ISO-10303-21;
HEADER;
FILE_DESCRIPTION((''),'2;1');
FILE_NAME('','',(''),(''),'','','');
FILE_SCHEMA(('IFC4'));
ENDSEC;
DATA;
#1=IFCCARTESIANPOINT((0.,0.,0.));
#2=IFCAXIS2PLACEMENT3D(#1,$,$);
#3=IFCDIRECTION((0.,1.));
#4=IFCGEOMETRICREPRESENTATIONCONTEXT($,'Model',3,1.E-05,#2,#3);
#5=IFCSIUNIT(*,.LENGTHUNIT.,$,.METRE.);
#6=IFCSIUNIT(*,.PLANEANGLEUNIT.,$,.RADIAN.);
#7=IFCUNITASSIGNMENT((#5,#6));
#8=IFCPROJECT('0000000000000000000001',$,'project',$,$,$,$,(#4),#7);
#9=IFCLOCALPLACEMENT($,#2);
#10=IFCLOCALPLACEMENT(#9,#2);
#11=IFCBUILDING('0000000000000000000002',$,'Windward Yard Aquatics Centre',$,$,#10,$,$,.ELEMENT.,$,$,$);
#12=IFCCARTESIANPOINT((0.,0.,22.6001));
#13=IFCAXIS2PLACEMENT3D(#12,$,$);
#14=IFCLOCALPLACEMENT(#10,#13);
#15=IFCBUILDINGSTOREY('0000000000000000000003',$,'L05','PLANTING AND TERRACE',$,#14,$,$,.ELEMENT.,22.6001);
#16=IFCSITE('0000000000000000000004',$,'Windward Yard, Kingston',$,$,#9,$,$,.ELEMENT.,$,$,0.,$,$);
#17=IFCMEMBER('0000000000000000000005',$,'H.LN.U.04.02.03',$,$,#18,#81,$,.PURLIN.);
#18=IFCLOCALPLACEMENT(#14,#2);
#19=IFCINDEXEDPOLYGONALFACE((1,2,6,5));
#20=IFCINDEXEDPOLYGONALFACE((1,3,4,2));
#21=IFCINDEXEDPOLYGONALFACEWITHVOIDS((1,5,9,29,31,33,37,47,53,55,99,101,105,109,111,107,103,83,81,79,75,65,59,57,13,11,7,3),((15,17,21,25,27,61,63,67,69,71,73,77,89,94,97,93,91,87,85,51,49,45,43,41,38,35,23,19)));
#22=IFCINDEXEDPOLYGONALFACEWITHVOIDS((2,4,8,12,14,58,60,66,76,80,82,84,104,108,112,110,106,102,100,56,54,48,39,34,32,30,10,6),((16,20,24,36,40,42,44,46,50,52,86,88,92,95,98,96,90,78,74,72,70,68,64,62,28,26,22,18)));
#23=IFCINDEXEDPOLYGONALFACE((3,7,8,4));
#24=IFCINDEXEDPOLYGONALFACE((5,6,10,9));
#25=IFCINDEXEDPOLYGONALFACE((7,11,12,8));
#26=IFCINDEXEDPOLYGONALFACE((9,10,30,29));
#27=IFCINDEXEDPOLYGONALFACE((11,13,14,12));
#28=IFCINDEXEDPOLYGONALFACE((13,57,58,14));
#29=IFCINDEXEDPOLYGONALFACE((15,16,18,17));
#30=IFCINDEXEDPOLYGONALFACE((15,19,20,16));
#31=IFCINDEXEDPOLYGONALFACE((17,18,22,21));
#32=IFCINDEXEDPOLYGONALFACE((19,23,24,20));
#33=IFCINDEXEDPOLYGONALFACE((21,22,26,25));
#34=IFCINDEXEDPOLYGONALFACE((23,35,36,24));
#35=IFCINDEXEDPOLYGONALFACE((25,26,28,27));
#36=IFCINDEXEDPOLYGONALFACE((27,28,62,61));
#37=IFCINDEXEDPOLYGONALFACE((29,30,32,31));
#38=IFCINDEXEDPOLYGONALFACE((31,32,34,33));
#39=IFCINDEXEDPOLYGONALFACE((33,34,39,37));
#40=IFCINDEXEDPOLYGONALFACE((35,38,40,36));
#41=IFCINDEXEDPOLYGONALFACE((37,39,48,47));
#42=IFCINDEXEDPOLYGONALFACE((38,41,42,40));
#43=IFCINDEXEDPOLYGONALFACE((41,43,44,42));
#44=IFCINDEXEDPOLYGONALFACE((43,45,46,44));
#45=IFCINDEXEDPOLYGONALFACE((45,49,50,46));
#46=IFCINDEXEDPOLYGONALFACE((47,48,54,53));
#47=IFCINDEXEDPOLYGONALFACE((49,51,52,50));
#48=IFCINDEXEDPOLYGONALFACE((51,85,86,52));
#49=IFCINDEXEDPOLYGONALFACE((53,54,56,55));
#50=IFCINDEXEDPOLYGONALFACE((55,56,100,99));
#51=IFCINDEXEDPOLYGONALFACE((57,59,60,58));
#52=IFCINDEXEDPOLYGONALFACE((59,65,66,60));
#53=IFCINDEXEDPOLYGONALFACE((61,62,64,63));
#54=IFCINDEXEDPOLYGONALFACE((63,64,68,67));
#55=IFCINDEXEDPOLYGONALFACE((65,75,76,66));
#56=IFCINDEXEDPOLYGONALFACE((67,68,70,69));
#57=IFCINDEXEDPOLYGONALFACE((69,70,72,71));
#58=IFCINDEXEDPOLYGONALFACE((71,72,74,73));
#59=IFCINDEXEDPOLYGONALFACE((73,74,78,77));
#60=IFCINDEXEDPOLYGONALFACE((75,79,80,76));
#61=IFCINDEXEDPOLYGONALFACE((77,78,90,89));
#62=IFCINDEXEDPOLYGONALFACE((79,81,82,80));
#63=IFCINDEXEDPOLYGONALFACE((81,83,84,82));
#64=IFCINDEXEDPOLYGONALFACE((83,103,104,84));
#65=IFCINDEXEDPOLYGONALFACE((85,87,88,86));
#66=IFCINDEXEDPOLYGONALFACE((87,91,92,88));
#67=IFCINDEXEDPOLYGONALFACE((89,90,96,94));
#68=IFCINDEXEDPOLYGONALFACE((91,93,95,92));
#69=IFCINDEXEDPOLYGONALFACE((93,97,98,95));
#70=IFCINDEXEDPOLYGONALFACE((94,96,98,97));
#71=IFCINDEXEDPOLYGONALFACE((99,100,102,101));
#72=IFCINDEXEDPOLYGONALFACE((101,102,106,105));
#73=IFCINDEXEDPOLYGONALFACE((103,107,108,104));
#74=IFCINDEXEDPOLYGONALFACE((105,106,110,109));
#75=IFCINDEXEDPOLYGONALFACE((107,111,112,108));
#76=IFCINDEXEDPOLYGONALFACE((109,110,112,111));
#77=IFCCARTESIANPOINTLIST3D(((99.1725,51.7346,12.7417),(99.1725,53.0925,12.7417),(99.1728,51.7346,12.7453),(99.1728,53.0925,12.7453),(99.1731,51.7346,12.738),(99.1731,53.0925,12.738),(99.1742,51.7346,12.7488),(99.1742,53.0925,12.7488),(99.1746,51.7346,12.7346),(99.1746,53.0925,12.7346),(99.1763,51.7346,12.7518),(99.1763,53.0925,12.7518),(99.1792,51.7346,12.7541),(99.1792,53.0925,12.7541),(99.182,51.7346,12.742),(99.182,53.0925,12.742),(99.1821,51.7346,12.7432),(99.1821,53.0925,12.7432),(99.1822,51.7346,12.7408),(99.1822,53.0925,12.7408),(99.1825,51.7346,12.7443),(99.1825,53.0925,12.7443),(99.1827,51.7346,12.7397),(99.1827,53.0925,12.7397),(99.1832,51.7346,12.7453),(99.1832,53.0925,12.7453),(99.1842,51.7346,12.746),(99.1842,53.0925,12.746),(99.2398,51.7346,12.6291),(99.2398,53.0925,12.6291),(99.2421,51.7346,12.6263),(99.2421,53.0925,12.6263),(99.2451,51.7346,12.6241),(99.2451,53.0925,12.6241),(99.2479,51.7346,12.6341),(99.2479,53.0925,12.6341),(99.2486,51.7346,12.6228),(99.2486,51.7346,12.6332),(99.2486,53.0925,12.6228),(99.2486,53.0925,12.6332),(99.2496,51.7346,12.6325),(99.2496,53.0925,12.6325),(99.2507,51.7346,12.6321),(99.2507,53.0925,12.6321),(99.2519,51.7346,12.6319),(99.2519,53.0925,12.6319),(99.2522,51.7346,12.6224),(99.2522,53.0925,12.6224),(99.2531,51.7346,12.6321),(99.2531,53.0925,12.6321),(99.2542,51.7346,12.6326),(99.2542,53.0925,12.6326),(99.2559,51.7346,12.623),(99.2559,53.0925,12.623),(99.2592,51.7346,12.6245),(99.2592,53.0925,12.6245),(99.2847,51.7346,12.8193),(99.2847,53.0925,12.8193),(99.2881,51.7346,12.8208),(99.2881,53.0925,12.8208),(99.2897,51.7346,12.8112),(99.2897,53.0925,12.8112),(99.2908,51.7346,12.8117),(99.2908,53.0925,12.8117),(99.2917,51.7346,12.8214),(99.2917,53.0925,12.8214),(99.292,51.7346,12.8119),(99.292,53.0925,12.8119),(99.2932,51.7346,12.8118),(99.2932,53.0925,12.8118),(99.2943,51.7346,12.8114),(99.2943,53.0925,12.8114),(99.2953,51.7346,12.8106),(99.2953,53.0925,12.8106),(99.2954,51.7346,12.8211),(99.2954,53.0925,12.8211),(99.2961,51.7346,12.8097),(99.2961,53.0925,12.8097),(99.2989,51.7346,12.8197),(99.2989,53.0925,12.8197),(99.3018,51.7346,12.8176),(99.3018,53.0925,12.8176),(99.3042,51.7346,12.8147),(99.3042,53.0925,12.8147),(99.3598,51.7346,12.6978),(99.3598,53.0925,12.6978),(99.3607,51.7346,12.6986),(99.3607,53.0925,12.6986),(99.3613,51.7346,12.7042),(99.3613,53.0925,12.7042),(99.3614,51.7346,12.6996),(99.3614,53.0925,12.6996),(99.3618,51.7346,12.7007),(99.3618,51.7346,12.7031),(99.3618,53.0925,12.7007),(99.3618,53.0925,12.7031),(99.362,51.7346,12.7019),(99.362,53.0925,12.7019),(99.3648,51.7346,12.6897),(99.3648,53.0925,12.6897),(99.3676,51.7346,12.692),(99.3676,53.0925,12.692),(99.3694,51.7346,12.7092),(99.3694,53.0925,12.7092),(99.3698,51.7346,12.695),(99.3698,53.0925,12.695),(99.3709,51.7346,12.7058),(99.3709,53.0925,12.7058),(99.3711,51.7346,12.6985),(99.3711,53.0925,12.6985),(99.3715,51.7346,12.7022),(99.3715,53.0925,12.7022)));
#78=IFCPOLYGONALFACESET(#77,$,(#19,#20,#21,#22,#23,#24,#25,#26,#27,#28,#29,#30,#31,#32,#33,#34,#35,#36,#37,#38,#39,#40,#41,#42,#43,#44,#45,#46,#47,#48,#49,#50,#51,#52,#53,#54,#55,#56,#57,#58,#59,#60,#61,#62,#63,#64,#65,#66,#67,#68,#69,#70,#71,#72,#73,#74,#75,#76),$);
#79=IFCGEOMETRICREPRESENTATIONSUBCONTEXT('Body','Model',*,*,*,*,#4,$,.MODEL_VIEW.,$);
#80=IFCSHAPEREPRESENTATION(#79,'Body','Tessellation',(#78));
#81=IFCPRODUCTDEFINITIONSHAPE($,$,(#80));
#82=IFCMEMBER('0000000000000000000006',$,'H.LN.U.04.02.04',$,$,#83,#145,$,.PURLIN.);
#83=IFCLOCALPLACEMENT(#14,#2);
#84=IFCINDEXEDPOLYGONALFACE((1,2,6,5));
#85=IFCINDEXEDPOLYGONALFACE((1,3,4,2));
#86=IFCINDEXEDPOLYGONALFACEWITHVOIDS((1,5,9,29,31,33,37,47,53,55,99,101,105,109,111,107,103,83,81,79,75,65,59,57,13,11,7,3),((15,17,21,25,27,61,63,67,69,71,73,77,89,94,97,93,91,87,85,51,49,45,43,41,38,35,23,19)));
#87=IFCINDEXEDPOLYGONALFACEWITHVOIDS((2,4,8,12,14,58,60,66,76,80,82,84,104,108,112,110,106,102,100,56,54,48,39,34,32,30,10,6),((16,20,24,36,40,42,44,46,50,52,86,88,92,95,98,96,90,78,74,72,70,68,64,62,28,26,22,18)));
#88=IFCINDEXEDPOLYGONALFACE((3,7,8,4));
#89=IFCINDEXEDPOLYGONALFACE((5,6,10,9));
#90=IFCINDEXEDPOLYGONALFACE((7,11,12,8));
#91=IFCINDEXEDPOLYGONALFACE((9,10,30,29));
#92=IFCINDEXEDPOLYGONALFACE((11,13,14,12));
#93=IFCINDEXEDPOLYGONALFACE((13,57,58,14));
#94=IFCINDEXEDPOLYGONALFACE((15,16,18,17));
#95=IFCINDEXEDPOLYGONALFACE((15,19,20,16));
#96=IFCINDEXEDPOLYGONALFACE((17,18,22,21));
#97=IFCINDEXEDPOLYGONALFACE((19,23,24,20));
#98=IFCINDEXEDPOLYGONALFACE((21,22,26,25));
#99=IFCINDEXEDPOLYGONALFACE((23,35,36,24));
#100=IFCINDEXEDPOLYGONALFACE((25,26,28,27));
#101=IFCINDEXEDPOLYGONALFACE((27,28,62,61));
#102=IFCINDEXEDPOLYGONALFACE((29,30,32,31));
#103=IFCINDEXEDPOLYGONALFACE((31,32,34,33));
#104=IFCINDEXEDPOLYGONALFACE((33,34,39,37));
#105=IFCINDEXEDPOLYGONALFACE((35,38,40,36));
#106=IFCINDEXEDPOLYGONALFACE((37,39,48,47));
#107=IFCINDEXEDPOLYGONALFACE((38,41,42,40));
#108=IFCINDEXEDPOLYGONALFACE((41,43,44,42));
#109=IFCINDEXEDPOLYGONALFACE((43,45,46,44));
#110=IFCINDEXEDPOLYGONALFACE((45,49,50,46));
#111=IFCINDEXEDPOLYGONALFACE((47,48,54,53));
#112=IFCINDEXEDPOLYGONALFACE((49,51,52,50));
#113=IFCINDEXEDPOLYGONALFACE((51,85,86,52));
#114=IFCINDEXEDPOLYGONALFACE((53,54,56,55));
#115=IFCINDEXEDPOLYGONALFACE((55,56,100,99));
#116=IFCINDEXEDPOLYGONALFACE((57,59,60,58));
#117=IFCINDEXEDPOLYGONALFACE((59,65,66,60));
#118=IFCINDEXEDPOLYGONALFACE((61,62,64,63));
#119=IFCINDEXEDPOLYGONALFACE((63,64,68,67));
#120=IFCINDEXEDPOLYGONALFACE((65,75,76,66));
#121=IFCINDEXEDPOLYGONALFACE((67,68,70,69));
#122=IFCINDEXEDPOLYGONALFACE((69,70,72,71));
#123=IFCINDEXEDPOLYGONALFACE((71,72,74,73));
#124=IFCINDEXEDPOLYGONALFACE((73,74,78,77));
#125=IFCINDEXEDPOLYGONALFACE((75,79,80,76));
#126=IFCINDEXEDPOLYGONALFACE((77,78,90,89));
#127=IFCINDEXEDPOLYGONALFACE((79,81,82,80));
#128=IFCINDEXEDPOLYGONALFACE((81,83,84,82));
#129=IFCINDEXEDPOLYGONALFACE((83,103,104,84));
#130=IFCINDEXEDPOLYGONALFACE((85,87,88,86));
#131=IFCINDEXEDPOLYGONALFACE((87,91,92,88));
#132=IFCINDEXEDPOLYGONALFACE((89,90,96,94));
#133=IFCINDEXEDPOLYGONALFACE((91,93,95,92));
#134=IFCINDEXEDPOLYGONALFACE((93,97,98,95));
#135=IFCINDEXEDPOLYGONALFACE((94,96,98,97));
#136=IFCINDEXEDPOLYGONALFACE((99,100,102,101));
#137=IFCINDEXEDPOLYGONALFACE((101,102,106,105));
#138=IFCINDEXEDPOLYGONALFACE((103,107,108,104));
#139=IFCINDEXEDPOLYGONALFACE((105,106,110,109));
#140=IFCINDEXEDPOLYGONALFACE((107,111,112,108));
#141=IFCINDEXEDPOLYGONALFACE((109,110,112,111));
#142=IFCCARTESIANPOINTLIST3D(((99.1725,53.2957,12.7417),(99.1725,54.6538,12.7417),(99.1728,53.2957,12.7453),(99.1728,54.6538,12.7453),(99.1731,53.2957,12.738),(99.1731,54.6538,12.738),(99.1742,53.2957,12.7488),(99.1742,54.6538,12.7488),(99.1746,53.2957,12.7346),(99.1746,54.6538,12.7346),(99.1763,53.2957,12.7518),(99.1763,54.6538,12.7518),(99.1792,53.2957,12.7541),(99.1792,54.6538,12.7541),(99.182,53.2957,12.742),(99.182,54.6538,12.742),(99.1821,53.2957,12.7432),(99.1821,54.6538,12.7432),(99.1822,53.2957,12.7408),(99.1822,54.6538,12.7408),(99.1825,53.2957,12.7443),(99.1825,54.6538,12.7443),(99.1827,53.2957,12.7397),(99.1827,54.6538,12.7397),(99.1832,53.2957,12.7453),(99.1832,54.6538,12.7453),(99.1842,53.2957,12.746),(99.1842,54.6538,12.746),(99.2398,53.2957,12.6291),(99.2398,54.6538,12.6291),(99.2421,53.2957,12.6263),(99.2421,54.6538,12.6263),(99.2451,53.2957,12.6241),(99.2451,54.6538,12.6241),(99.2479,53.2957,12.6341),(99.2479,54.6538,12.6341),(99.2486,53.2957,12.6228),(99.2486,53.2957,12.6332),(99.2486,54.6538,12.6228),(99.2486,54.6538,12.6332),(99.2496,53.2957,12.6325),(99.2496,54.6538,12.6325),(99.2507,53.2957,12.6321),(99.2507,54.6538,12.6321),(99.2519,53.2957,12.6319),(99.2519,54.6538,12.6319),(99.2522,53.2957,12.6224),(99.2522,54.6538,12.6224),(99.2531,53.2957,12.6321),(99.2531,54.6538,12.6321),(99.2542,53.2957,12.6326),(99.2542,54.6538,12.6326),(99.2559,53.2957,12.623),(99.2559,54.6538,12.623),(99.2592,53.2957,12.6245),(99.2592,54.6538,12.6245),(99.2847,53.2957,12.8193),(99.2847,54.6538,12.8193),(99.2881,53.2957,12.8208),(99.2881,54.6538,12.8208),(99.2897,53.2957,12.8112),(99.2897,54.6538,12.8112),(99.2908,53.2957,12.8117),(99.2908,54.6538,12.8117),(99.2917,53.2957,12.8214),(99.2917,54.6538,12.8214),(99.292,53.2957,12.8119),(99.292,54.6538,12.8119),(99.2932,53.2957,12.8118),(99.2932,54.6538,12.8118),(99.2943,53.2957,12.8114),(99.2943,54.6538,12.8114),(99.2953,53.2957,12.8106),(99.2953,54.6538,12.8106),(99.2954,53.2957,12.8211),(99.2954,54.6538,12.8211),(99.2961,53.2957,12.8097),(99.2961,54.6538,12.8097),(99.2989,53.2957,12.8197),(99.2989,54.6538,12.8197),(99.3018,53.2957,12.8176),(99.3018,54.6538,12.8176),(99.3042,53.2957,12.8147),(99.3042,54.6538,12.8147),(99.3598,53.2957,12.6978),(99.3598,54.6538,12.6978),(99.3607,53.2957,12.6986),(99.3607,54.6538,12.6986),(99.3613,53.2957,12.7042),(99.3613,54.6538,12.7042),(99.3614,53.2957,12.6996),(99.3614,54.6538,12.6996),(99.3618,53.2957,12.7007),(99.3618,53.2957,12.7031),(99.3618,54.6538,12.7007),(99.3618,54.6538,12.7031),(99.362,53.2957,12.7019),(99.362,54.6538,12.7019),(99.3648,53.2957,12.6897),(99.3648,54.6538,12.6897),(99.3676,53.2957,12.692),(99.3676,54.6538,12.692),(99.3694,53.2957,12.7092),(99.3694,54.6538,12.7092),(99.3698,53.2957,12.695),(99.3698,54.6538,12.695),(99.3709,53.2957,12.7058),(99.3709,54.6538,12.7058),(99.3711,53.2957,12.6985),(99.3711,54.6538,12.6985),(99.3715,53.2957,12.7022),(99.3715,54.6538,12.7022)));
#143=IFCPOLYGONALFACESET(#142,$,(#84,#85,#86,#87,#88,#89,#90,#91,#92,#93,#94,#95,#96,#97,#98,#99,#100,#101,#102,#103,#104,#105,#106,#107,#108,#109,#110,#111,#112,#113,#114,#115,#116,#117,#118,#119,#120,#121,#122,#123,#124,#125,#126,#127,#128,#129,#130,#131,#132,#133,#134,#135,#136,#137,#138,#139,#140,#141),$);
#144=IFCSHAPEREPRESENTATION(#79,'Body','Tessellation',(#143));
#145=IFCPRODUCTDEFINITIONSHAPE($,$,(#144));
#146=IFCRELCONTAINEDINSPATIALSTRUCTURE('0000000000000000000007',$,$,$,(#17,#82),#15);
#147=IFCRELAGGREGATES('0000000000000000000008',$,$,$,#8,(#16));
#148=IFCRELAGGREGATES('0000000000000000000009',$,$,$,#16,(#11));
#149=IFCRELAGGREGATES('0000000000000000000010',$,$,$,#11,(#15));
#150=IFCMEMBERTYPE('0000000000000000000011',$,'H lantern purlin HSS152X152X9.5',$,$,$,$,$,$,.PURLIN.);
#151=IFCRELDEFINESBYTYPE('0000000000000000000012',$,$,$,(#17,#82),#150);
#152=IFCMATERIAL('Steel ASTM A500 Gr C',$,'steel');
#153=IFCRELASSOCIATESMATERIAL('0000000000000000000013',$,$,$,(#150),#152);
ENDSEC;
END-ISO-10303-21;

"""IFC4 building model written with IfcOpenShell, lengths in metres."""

from ifc_helpers import new_model, si_unit, direction, frame, origin, origin_2d, place, context, subcontext, project, spatial, hollow_rectangle, extrude, material, material_profile, profile_set, type_object, element, save


model = new_model("IFC4")

# Units and contexts
model_context = context("Model", 3, precision=1e-05, world=origin(), true_north=direction((0.0, 1.0)))
body_context = subcontext(model_context, "Body", "Model", "MODEL_VIEW")
ifc_project = project(units=[si_unit("LENGTHUNIT", "METRE"), si_unit("PLANEANGLEUNIT", "RADIAN")], contexts=[model_context])

# Site, building, storey
site_placement = place(None, origin())
site = spatial("IfcSite", under=ifc_project, at=site_placement, Name="Windward Yard, Kingston", CompositionType="ELEMENT", RefElevation=0.0)
building_placement = place(site_placement, origin())
building = spatial("IfcBuilding", under=site, at=building_placement, Name="Windward Yard Aquatics Centre", CompositionType="ELEMENT")
storey_placement = place(building_placement, frame((0.0, 0.0, 22.6001)))
storey = spatial("IfcBuildingStorey", under=building, at=storey_placement, Name="L05", Description="PLANTING AND TERRACE", CompositionType="ELEMENT", Elevation=22.6001)

# Members
ifc_material_1 = material(Name="Steel ASTM A500 Gr C", Category="steel")
ifc_material_profile_1 = material_profile(ifc_material_1, hollow_rectangle(XDim=0.1523, YDim=0.1523, WallThickness=0.0095, InnerFilletRadius=0.0046, OuterFilletRadius=0.0142, at=origin_2d()), Name="HSS152X152X9.5")
ifc_profile_set_1 = profile_set([ifc_material_profile_1], Name="Steel ASTM A500 Gr C")
member_type_1 = type_object("IfcMemberType", Name="H lantern purlin HSS152X152X9.5", PredefinedType="PURLIN", material=ifc_profile_set_1)
for number, where, z_axis, x_axis, name in (
    (1, (99.272, 51.7346, 12.7219), (0.0, 1.0, 0.0), (-0.850755, 0.0, -0.525562), "H.LN.U.04.02.03"),
):
    element("IfcMember", number, at=place(storey_placement, frame(where, z_axis=z_axis, x_axis=x_axis)), inside=storey, type_object=member_type_1, Name=name, PredefinedType="PURLIN", context=body_context, shape_type="SweptSolid", body=[
        extrude(hollow_rectangle(XDim=0.1523, YDim=0.1523, WallThickness=0.0095, InnerFilletRadius=0.0046, OuterFilletRadius=0.0142, at=origin_2d()), origin(), (0.0, 0.0, 1.0), 1.3579),
    ])
member_1_placement = place(storey_placement, frame((99.272, 53.2957, 12.7219), z_axis=(0.0, 1.0, 0.0), x_axis=(-0.850755, 0.0, -0.525562)))
element("IfcMember", 2, at=member_1_placement, inside=storey, type_object=member_type_1, Name="H.LN.U.04.02.04", PredefinedType="PURLIN", context=body_context, shape_type="SweptSolid", body=[
    extrude(hollow_rectangle(XDim=0.1523, YDim=0.1523, WallThickness=0.0095, InnerFilletRadius=0.0046, OuterFilletRadius=0.0142, at=origin_2d()), origin(), (0.0, 0.0, 1.0), 1.3582),
])

save(model, "model.ifc")
